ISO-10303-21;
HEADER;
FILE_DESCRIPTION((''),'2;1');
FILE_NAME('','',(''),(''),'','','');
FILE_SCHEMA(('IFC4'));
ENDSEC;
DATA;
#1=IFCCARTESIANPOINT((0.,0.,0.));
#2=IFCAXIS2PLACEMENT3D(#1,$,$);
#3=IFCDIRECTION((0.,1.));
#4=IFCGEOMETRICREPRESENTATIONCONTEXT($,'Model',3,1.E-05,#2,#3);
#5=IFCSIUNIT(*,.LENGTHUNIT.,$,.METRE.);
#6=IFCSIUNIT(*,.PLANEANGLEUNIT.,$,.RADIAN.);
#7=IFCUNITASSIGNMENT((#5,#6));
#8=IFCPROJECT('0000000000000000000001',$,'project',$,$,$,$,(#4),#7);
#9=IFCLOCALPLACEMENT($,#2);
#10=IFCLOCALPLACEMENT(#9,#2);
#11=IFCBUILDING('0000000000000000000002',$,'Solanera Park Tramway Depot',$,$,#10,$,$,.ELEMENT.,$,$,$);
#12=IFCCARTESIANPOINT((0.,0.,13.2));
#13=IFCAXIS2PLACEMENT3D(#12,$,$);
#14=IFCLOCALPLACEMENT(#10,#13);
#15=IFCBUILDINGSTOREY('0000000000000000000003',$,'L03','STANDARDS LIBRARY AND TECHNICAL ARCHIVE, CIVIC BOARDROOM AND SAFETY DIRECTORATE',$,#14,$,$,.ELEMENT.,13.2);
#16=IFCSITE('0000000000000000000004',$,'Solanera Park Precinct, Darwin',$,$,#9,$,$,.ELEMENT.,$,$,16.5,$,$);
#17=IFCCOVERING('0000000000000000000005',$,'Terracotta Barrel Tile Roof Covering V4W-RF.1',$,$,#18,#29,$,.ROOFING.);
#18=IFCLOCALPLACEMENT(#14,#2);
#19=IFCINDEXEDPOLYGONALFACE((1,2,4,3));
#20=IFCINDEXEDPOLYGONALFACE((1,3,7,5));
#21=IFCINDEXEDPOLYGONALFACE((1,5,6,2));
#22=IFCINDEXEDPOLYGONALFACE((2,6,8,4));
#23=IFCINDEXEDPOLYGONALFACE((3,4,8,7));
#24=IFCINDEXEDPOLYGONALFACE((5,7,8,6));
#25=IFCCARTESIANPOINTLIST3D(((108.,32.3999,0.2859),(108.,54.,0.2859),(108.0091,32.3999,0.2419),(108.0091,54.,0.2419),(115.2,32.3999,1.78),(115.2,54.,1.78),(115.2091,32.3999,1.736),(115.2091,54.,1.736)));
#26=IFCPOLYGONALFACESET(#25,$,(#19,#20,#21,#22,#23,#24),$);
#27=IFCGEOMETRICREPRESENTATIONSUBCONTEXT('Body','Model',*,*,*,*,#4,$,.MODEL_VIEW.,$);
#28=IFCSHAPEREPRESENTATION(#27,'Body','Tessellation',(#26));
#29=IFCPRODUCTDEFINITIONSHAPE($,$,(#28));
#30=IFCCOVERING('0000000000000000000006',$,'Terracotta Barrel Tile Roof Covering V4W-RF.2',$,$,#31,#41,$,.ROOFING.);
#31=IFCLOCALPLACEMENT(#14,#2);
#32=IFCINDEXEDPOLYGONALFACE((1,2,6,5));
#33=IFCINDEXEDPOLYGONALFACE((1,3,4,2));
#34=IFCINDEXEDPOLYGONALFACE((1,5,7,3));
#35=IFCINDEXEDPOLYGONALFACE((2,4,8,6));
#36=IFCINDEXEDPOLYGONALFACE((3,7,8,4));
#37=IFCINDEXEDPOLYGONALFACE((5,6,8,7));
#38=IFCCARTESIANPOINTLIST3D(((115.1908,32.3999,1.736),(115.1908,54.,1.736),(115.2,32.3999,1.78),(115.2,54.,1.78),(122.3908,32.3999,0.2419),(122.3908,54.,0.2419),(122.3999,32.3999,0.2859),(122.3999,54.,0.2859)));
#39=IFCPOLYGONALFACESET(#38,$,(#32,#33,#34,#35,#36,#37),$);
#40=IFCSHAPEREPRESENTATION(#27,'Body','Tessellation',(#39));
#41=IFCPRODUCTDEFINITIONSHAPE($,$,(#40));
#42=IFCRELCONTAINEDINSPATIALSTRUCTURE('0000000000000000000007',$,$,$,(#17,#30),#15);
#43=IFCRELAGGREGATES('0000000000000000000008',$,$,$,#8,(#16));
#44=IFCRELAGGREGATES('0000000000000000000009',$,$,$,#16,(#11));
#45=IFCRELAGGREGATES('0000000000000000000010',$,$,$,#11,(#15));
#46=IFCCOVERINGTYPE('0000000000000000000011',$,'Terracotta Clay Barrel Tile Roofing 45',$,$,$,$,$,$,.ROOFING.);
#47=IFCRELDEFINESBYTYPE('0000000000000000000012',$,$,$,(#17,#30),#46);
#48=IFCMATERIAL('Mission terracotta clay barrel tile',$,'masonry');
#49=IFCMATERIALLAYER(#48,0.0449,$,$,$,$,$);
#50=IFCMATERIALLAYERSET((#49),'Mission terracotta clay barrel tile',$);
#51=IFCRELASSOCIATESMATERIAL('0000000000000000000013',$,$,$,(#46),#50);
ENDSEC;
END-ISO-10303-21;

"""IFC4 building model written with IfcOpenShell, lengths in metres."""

from ifc_helpers import new_model, si_unit, direction, frame, origin, place, context, subcontext, project, spatial, polyline, outline, extrude, material, layer, layer_set, type_object, element, save


model = new_model("IFC4")

# Units and contexts
model_context = context("Model", 3, precision=1e-05, world=origin(), true_north=direction((0.0, 1.0)))
body_context = subcontext(model_context, "Body", "Model", "MODEL_VIEW")
ifc_project = project(units=[si_unit("LENGTHUNIT", "METRE"), si_unit("PLANEANGLEUNIT", "RADIAN")], contexts=[model_context])

# Site, building, storey
site_placement = place(None, origin())
site = spatial("IfcSite", under=ifc_project, at=site_placement, Name="Solanera Park Precinct, Darwin", CompositionType="ELEMENT", RefElevation=16.5)
building_placement = place(site_placement, origin())
building = spatial("IfcBuilding", under=site, at=building_placement, Name="Solanera Park Tramway Depot", CompositionType="ELEMENT")
storey_placement = place(building_placement, frame((0.0, 0.0, 13.2)))
storey = spatial("IfcBuildingStorey", under=building, at=storey_placement, Name="L03", Description="STANDARDS LIBRARY AND TECHNICAL ARCHIVE, CIVIC BOARDROOM AND SAFETY DIRECTORATE", CompositionType="ELEMENT", Elevation=13.2)

# Coverings
ifc_material_1 = material(Name="Mission terracotta clay barrel tile", Category="masonry")
ifc_layer_1 = layer(ifc_material_1, 0.0449)
ifc_layer_set_1 = layer_set([ifc_layer_1], Name="Mission terracotta clay barrel tile")
covering_type = type_object("IfcCoveringType", Name="Terracotta Clay Barrel Tile Roofing 45", PredefinedType="ROOFING", material=ifc_layer_set_1)
for number, where, z_axis, x_axis, name in (
    (1, (108.0, 32.3999, 0.2859), (-0.203192, 0.0, 0.979139), (0.979139, 0.0, 0.203192), "Terracotta Barrel Tile Roof Covering V4W-RF.1"),
    (2, (115.2, 32.3999, 1.78), (0.203192, 0.0, 0.979139), (0.979139, 0.0, -0.203192), "Terracotta Barrel Tile Roof Covering V4W-RF.2"),
):
    element("IfcCovering", number, at=place(storey_placement, frame(where, z_axis=z_axis, x_axis=x_axis)), inside=storey, type_object=covering_type, Name=name, PredefinedType="ROOFING", context=body_context, shape_type="SweptSolid", body=[
        extrude(outline(polyline([(0.0, 0.0), (7.3533, 0.0), (7.3533, 21.6001), (0.0, 21.6001), (0.0, 0.0)])), origin(), (0.0, 0.0, -1.0), 0.0449),
    ])

save(model, "model.ifc")
